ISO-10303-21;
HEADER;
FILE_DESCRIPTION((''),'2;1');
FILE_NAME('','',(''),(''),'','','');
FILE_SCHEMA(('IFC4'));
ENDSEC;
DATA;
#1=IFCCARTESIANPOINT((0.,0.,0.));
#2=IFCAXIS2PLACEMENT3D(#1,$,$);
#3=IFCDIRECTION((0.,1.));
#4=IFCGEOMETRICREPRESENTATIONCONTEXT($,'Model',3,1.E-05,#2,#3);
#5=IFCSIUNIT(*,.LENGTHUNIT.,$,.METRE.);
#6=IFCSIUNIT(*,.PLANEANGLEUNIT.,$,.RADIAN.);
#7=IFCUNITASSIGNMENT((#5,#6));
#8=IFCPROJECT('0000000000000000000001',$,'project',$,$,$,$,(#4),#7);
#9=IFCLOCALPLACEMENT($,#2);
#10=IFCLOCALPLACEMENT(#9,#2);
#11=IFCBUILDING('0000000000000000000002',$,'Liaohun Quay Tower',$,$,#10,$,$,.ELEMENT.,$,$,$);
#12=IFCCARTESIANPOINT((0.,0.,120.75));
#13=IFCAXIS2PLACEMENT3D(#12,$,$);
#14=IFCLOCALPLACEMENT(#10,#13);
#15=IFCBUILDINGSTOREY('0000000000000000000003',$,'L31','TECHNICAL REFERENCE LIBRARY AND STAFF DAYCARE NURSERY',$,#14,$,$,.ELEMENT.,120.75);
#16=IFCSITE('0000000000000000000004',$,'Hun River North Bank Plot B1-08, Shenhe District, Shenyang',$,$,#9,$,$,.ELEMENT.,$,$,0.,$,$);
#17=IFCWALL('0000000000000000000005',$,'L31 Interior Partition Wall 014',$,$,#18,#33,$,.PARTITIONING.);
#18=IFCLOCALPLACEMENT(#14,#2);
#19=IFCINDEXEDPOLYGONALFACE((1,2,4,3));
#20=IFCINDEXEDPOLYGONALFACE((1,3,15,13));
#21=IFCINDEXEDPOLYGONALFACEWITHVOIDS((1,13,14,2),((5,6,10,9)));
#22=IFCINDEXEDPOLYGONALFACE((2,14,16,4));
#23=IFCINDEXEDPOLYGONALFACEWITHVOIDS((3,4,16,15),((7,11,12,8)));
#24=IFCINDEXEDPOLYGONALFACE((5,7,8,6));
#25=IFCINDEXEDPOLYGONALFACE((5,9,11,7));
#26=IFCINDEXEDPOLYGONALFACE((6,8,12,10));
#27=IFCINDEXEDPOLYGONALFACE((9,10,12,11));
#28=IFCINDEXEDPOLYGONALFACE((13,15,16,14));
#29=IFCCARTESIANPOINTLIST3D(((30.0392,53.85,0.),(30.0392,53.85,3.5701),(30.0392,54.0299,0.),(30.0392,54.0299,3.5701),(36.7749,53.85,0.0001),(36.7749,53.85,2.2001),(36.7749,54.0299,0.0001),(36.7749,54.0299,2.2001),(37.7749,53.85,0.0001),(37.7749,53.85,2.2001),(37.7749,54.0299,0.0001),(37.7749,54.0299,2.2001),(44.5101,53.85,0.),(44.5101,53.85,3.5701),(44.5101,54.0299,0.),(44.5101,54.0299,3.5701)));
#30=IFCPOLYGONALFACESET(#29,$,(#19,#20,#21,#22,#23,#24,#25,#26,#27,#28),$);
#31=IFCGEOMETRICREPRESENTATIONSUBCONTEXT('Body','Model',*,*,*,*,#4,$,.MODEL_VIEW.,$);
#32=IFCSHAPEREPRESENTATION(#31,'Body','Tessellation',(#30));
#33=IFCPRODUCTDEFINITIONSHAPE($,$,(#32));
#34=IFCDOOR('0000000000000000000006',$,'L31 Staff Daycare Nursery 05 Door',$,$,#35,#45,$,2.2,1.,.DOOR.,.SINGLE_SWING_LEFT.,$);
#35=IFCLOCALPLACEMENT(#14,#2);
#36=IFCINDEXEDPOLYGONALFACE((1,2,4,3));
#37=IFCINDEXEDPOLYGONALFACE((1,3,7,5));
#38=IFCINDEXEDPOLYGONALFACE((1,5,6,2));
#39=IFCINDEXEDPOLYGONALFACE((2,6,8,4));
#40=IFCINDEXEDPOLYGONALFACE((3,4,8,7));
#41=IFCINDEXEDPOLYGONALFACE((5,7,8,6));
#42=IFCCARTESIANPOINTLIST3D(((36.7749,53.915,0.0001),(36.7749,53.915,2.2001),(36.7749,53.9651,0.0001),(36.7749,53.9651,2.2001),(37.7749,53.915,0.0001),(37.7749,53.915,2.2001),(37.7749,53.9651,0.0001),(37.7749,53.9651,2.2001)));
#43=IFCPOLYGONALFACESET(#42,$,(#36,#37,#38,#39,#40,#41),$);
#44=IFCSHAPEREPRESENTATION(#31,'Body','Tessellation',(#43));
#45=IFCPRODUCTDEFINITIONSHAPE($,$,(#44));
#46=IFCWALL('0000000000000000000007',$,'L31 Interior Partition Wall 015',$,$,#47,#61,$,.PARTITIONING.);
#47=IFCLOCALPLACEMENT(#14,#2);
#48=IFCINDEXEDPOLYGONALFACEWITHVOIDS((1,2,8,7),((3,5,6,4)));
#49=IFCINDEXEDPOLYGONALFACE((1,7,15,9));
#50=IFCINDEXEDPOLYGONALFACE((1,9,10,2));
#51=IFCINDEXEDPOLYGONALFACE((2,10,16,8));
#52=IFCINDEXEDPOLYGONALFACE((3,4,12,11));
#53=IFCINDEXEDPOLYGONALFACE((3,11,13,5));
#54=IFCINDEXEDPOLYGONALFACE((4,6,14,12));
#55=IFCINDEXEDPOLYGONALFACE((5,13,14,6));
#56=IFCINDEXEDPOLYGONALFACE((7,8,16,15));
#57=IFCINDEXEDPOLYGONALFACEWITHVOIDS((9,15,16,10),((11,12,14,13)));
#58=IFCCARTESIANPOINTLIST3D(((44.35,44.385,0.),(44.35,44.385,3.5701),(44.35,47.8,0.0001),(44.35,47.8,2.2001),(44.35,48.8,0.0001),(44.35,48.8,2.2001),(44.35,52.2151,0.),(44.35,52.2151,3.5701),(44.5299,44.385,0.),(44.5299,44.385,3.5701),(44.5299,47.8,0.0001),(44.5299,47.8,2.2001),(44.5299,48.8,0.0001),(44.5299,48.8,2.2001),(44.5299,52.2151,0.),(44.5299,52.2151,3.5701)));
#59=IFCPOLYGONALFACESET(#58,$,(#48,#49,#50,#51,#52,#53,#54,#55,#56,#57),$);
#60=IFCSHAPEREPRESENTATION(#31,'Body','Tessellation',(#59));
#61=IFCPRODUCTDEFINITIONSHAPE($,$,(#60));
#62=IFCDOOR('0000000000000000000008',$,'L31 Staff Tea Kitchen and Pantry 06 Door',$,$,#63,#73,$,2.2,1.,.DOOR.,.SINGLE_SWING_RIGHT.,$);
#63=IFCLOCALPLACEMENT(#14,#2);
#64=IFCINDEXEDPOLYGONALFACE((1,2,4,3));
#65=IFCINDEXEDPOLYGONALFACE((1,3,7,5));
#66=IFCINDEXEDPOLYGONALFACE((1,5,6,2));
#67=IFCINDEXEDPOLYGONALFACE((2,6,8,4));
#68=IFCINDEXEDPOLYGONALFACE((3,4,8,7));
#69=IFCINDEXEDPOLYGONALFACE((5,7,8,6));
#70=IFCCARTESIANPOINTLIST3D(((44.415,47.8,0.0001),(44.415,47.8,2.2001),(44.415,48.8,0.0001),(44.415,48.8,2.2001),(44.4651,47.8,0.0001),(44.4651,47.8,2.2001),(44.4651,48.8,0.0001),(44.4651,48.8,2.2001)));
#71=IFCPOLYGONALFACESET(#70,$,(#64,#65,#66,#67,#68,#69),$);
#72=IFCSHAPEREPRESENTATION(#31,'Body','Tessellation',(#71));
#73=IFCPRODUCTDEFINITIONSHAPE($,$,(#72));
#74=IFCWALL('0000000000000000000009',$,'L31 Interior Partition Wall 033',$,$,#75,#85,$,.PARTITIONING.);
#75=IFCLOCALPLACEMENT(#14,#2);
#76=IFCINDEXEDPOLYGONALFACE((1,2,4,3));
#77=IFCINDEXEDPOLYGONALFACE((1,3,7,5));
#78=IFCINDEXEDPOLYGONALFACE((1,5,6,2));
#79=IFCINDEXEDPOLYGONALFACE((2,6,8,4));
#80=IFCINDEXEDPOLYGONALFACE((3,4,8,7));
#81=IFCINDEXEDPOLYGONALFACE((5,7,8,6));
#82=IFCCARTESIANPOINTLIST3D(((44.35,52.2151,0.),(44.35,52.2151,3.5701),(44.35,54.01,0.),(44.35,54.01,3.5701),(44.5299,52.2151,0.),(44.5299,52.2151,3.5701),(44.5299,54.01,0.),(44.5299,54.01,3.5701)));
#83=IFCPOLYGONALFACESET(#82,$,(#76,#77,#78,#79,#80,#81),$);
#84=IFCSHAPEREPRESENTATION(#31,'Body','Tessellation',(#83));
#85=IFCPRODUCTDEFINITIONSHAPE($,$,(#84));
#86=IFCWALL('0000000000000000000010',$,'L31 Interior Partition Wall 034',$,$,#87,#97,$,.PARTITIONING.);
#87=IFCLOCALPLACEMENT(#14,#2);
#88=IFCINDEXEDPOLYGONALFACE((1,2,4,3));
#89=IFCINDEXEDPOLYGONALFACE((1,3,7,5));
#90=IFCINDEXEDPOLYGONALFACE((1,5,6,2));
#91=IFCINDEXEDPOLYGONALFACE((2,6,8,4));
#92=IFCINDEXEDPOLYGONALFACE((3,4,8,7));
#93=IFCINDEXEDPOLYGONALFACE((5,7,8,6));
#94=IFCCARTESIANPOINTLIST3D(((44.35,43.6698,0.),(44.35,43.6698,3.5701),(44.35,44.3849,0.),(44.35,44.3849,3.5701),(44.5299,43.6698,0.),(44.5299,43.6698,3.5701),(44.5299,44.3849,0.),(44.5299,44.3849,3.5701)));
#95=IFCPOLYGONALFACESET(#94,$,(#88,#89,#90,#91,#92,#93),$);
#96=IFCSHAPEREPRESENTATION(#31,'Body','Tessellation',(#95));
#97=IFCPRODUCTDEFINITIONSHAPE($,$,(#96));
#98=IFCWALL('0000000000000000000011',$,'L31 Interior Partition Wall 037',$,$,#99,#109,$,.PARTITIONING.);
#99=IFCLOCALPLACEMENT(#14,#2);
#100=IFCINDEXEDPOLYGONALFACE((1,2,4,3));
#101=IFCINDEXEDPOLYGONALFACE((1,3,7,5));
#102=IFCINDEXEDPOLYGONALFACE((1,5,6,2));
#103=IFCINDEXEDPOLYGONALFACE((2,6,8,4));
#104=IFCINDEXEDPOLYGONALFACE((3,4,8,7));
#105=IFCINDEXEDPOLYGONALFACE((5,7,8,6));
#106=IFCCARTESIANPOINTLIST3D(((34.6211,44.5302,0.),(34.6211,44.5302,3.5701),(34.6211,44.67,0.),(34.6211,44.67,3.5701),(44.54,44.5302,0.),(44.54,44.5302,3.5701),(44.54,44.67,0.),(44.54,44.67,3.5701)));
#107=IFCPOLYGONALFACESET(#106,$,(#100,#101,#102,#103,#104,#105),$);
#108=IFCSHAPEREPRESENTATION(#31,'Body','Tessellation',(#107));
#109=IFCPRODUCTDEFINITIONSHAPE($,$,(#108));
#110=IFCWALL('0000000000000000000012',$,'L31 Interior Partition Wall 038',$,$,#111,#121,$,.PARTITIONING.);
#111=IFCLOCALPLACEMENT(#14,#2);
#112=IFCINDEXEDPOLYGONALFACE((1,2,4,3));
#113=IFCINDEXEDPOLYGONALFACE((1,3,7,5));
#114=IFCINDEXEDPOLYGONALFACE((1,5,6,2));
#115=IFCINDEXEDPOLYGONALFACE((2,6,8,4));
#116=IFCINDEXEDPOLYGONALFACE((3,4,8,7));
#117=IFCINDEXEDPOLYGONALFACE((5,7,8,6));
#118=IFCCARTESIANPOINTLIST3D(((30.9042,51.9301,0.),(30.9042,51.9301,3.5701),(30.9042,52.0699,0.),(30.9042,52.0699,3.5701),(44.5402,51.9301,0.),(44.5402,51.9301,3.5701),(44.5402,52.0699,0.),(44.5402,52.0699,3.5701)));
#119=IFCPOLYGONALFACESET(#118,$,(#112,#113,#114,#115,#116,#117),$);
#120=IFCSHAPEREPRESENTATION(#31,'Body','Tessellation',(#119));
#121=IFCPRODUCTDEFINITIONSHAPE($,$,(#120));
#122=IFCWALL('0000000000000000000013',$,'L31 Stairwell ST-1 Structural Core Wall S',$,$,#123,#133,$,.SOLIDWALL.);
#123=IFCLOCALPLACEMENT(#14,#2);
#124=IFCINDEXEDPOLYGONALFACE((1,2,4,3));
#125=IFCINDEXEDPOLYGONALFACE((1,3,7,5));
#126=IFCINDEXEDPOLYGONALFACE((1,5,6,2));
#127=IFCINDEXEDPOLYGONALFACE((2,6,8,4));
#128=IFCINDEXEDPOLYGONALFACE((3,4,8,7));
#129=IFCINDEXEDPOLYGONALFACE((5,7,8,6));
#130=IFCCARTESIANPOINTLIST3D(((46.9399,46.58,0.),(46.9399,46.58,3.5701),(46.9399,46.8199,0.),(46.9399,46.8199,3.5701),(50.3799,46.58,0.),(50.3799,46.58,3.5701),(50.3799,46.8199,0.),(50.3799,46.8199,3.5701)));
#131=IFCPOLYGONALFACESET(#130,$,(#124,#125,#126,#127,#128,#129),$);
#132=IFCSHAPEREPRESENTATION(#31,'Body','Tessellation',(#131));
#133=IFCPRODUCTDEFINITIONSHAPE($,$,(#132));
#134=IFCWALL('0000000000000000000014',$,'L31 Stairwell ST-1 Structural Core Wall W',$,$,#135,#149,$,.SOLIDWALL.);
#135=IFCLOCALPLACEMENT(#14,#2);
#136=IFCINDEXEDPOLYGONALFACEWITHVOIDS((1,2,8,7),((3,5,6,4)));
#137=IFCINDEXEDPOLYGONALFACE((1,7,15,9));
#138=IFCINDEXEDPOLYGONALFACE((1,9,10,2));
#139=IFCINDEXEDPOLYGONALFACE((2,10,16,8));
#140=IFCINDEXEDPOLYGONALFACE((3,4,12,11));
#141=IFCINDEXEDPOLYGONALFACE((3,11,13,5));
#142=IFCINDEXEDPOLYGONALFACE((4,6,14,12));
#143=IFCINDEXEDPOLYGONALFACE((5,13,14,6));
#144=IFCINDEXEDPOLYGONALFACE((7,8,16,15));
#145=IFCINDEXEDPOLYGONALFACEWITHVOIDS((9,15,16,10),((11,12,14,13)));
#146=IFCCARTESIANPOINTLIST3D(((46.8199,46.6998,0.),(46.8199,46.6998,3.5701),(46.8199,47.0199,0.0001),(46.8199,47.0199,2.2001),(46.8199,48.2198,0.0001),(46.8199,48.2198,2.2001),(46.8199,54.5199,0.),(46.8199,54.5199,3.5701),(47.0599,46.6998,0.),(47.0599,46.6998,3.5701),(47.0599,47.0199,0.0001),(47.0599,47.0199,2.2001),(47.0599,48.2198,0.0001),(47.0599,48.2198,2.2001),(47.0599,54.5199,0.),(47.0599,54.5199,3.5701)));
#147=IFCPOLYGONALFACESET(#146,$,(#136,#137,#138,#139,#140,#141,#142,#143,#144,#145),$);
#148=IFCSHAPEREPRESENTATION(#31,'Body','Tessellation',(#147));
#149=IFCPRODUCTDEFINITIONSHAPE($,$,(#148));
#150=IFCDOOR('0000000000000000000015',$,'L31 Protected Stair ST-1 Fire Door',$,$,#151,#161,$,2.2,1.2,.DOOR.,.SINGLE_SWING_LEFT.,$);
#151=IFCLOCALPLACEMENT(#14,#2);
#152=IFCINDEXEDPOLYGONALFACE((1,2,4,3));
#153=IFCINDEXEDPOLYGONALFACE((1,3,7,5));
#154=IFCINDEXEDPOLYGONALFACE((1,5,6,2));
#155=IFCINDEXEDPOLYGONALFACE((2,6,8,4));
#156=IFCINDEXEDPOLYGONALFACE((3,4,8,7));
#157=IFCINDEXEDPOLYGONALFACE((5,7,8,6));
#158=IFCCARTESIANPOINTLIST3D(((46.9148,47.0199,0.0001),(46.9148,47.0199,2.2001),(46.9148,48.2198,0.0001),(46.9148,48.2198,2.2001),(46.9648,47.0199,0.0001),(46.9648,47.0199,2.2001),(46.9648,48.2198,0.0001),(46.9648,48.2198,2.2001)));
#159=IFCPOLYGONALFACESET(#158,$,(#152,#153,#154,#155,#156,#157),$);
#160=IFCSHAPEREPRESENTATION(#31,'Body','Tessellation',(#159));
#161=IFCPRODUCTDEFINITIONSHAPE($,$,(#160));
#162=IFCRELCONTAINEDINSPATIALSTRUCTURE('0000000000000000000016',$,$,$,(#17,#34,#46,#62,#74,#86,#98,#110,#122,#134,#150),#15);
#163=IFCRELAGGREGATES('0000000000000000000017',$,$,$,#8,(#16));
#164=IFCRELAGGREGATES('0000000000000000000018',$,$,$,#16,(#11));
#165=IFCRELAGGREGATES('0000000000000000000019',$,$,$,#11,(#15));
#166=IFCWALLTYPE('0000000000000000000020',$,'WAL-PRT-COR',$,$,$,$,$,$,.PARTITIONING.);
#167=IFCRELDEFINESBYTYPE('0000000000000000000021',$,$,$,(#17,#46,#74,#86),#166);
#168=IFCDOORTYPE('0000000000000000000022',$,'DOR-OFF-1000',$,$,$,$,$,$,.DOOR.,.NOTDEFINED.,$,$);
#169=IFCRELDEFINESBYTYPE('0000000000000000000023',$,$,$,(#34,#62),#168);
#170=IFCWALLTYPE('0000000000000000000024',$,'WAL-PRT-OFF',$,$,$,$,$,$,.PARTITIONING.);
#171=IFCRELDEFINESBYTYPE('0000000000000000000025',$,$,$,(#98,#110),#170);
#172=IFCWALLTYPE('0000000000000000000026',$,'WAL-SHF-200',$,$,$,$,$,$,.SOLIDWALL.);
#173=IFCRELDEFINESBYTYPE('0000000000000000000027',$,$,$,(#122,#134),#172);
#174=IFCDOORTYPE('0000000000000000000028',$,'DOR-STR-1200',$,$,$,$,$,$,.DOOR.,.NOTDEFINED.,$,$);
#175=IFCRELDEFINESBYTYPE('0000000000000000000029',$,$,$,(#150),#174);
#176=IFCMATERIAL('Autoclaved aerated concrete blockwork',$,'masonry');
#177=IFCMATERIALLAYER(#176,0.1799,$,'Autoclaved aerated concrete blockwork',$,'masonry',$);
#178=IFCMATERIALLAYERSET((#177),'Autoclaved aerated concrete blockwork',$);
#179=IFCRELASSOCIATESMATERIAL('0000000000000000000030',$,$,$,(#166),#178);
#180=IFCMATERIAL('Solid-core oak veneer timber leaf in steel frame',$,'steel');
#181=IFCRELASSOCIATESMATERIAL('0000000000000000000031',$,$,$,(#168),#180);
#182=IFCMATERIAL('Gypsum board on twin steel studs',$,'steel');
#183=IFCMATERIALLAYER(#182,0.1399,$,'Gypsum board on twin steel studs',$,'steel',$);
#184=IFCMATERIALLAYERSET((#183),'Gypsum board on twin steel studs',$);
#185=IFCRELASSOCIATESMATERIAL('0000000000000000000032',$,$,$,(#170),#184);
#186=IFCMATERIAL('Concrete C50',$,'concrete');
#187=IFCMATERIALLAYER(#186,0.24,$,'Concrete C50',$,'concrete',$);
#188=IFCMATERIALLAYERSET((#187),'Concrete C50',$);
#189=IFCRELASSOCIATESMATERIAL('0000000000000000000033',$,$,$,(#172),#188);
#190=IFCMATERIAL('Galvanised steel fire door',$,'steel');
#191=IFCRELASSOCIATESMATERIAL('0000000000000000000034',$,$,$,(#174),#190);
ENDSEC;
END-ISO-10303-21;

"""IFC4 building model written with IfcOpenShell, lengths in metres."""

from ifc_helpers import new_model, si_unit, direction, frame, frame_2d, origin, place, context, subcontext, project, spatial, rectangle, extrude, source, transform, mapped, material, layer, layer_set, type_object, element, fill, save


model = new_model("IFC4")

# Units and contexts
model_context = context("Model", 3, precision=1e-05, world=origin(), true_north=direction((0.0, 1.0)))
body_context = subcontext(model_context, "Body", "Model", "MODEL_VIEW")
ifc_project = project(units=[si_unit("LENGTHUNIT", "METRE"), si_unit("PLANEANGLEUNIT", "RADIAN")], contexts=[model_context])

# Site, building, storey
site_placement = place(None, origin())
site = spatial("IfcSite", under=ifc_project, at=site_placement, Name="Hun River North Bank Plot B1-08, Shenhe District, Shenyang", CompositionType="ELEMENT", RefElevation=0.0)
building_placement = place(site_placement, origin())
building = spatial("IfcBuilding", under=site, at=building_placement, Name="Liaohun Quay Tower", CompositionType="ELEMENT")
storey_placement = place(building_placement, frame((0.0, 0.0, 120.75)))
storey = spatial("IfcBuildingStorey", under=building, at=storey_placement, Name="L31", Description="TECHNICAL REFERENCE LIBRARY AND STAFF DAYCARE NURSERY", CompositionType="ELEMENT", Elevation=120.75)

# Walls, openings, doors
ifc_material_1 = material(Name="Autoclaved aerated concrete blockwork", Category="masonry")
ifc_layer_1 = layer(ifc_material_1, 0.1799, Name="Autoclaved aerated concrete blockwork", Category="masonry")
ifc_layer_set_1 = layer_set([ifc_layer_1], Name="Autoclaved aerated concrete blockwork")
wall_type_1 = type_object("IfcWallType", Name="WAL-PRT-COR", PredefinedType="PARTITIONING", material=ifc_layer_set_1)
wall_1_placement = place(storey_placement, frame((44.51, 53.9399, 0.0), z_axis=(0.0, 0.0, 1.0), x_axis=(-1.0, 0.0, 0.0)))
wall_1 = element("IfcWall", 1, at=wall_1_placement, inside=storey, type_object=wall_type_1, Name="L31 Interior Partition Wall 014", PredefinedType="PARTITIONING", context=body_context, shape_type="SweptSolid", body=[
    extrude(rectangle(XDim=14.4709, YDim=0.1799, at=frame_2d((7.2354, 0.0))), origin(), (0.0, 0.0, 1.0), 3.5701),
])
shared_shape_1 = source(origin(), body_context, "Body", "SweptSolid", [
    extrude(rectangle(XDim=1.0, YDim=2.2, at=frame_2d((0.5, 1.1001))), frame((0.0, 0.0999, 0.0), z_axis=(0.0, -1.0, 0.0), x_axis=(1.0, 0.0, 0.0)), (0.0, 0.0, 1.0), 0.2),
])
opening_1_placement = place(wall_1_placement, frame((6.7351, 0.0, 0.0)))
opening_1 = element("IfcOpeningElement", 2, at=opening_1_placement, cuts=wall_1, PredefinedType="OPENING", context=body_context, shape_type="MappedRepresentation", body=[
    mapped(shared_shape_1, transform((0.0, 0.0, 0.0), x_axis=(1.0, 0.0, 0.0), y_axis=(0.0, 1.0, 0.0), z_axis=(0.0, 0.0, 1.0), scale=1.0)),
])
ifc_material_2 = material(Name="Solid-core oak veneer timber leaf in steel frame", Category="steel")
door_type_1 = type_object("IfcDoorType", Name="DOR-OFF-1000", OperationType="NOTDEFINED", PredefinedType="DOOR", material=ifc_material_2)
shared_shape_2 = source(origin(), body_context, "Body", "SweptSolid", [
    extrude(rectangle(XDim=1.0, YDim=2.2, at=frame_2d((0.5, 1.1001))), frame((0.0, 0.0249, 0.0), z_axis=(0.0, -1.0, 0.0), x_axis=(1.0, 0.0, 0.0)), (0.0, 0.0, 1.0), 0.05),
])
door_1_placement = place(opening_1_placement, origin())
door_1 = element("IfcDoor", 3, at=door_1_placement, inside=storey, type_object=door_type_1, Name="L31 Staff Daycare Nursery 05 Door", OperationType="SINGLE_SWING_LEFT", OverallHeight=2.2, OverallWidth=1.0, PredefinedType="DOOR", context=body_context, shape_type="MappedRepresentation", body=[
    mapped(shared_shape_2, transform((0.0, 0.0, 0.0), x_axis=(1.0, 0.0, 0.0), y_axis=(0.0, 1.0, 0.0), z_axis=(0.0, 0.0, 1.0), scale=1.0)),
])
fill(opening_1, door_1)
wall_2_placement = place(storey_placement, frame((44.4399, 44.385, 0.0), z_axis=(0.0, 0.0, 1.0), x_axis=(0.0, 1.0, 0.0)))
wall_2 = element("IfcWall", 4, at=wall_2_placement, inside=storey, type_object=wall_type_1, Name="L31 Interior Partition Wall 015", PredefinedType="PARTITIONING", context=body_context, shape_type="SweptSolid", body=[
    extrude(rectangle(XDim=7.8301, YDim=0.1799, at=frame_2d((3.915, 0.0))), origin(), (0.0, 0.0, 1.0), 3.5701),
])
opening_2_placement = place(wall_2_placement, frame((3.415, 0.0, 0.0)))
opening_2 = element("IfcOpeningElement", 5, at=opening_2_placement, cuts=wall_2, PredefinedType="OPENING", context=body_context, shape_type="MappedRepresentation", body=[
    mapped(shared_shape_1, transform((0.0, 0.0, 0.0), x_axis=(1.0, 0.0, 0.0), y_axis=(0.0, 1.0, 0.0), z_axis=(0.0, 0.0, 1.0), scale=1.0)),
])
door_2_placement = place(opening_2_placement, origin())
door_2 = element("IfcDoor", 6, at=door_2_placement, inside=storey, type_object=door_type_1, Name="L31 Staff Tea Kitchen and Pantry 06 Door", OperationType="SINGLE_SWING_RIGHT", OverallHeight=2.2, OverallWidth=1.0, PredefinedType="DOOR", context=body_context, shape_type="MappedRepresentation", body=[
    mapped(shared_shape_2, transform((0.0, 0.0, 0.0), x_axis=(1.0, 0.0, 0.0), y_axis=(0.0, 1.0, 0.0), z_axis=(0.0, 0.0, 1.0), scale=1.0)),
])
fill(opening_2, door_2)

# Walls
wall_3_placement = place(storey_placement, frame((44.4399, 52.2151, 0.0), z_axis=(0.0, 0.0, 1.0), x_axis=(0.0, 1.0, 0.0)))
element("IfcWall", 7, at=wall_3_placement, inside=storey, type_object=wall_type_1, Name="L31 Interior Partition Wall 033", PredefinedType="PARTITIONING", context=body_context, shape_type="SweptSolid", body=[
    extrude(rectangle(XDim=1.7949, YDim=0.1799, at=frame_2d((0.8975, 0.0))), origin(), (0.0, 0.0, 1.0), 3.5701),
])
wall_4_placement = place(storey_placement, frame((44.4399, 43.6699, 0.0), z_axis=(0.0, 0.0, 1.0), x_axis=(0.0, 1.0, 0.0)))
element("IfcWall", 8, at=wall_4_placement, inside=storey, type_object=wall_type_1, Name="L31 Interior Partition Wall 034", PredefinedType="PARTITIONING", context=body_context, shape_type="SweptSolid", body=[
    extrude(rectangle(XDim=0.7151, YDim=0.1799, at=frame_2d((0.3574, 0.0))), origin(), (0.0, 0.0, 1.0), 3.5701),
])
ifc_material_3 = material(Name="Gypsum board on twin steel studs", Category="steel")
ifc_layer_2 = layer(ifc_material_3, 0.1399, Name="Gypsum board on twin steel studs", Category="steel")
ifc_layer_set_2 = layer_set([ifc_layer_2], Name="Gypsum board on twin steel studs")
wall_type_2 = type_object("IfcWallType", Name="WAL-PRT-OFF", PredefinedType="PARTITIONING", material=ifc_layer_set_2)
wall_5_placement = place(storey_placement, frame((44.54, 44.6001, 0.0), z_axis=(0.0, 0.0, 1.0), x_axis=(-1.0, 0.0, 0.0)))
element("IfcWall", 9, at=wall_5_placement, inside=storey, type_object=wall_type_2, Name="L31 Interior Partition Wall 037", PredefinedType="PARTITIONING", context=body_context, shape_type="SweptSolid", body=[
    extrude(rectangle(XDim=9.9189, YDim=0.1399, at=frame_2d((4.9595, 0.0))), origin(), (0.0, 0.0, 1.0), 3.5701),
])
wall_6_placement = place(storey_placement, frame((44.54, 52.0, 0.0), z_axis=(0.0, 0.0, 1.0), x_axis=(-1.0, 0.0, 0.0)))
element("IfcWall", 10, at=wall_6_placement, inside=storey, type_object=wall_type_2, Name="L31 Interior Partition Wall 038", PredefinedType="PARTITIONING", context=body_context, shape_type="SweptSolid", body=[
    extrude(rectangle(XDim=13.636, YDim=0.1399, at=frame_2d((6.8179, 0.0))), origin(), (0.0, 0.0, 1.0), 3.5701),
])
ifc_material_4 = material(Name="Concrete C50", Category="concrete")
ifc_layer_3 = layer(ifc_material_4, 0.24, Name="Concrete C50", Category="concrete")
ifc_layer_set_3 = layer_set([ifc_layer_3], Name="Concrete C50")
wall_type_3 = type_object("IfcWallType", Name="WAL-SHF-200", PredefinedType="SOLIDWALL", material=ifc_layer_set_3)
wall_7_placement = place(storey_placement, frame((46.9399, 46.7, 0.0), z_axis=(0.0, 0.0, 1.0), x_axis=(1.0, 0.0, 0.0)))
element("IfcWall", 11, at=wall_7_placement, inside=storey, type_object=wall_type_3, Name="L31 Stairwell ST-1 Structural Core Wall S", PredefinedType="SOLIDWALL", context=body_context, shape_type="SweptSolid", body=[
    extrude(rectangle(XDim=3.4399, YDim=0.24, at=frame_2d((1.72, 0.0))), origin(), (0.0, 0.0, 1.0), 3.5701),
])

# Wall, opening, door
wall_8_placement = place(storey_placement, frame((46.9399, 54.52, 0.0), z_axis=(0.0, 0.0, 1.0), x_axis=(0.0, -1.0, 0.0)))
wall_8 = element("IfcWall", 12, at=wall_8_placement, inside=storey, type_object=wall_type_3, Name="L31 Stairwell ST-1 Structural Core Wall W", PredefinedType="SOLIDWALL", context=body_context, shape_type="SweptSolid", body=[
    extrude(rectangle(XDim=7.8201, YDim=0.24, at=frame_2d((3.9102, 0.0))), origin(), (0.0, 0.0, 1.0), 3.5701),
])
shared_shape_3 = source(origin(), body_context, "Body", "SweptSolid", [
    extrude(rectangle(XDim=1.2, YDim=2.2, at=frame_2d((0.6001, 1.1001))), frame((0.0, 0.1299, 0.0), z_axis=(0.0, -1.0, 0.0), x_axis=(1.0, 0.0, 0.0)), (0.0, 0.0, 1.0), 0.26),
])
opening_3_placement = place(wall_8_placement, frame((6.3, 0.0, 0.0)))
opening_3 = element("IfcOpeningElement", 13, at=opening_3_placement, cuts=wall_8, PredefinedType="OPENING", context=body_context, shape_type="MappedRepresentation", body=[
    mapped(shared_shape_3, transform((0.0, 0.0, 0.0), x_axis=(1.0, 0.0, 0.0), y_axis=(0.0, 1.0, 0.0), z_axis=(0.0, 0.0, 1.0), scale=1.0)),
])
ifc_material_5 = material(Name="Galvanised steel fire door", Category="steel")
door_type_2 = type_object("IfcDoorType", Name="DOR-STR-1200", OperationType="NOTDEFINED", PredefinedType="DOOR", material=ifc_material_5)
shared_shape_4 = source(origin(), body_context, "Body", "SweptSolid", [
    extrude(rectangle(XDim=1.2, YDim=2.2, at=frame_2d((0.6001, 1.1001))), frame((0.0, 0.0249, 0.0), z_axis=(0.0, -1.0, 0.0), x_axis=(1.0, 0.0, 0.0)), (0.0, 0.0, 1.0), 0.05),
])
door_3_placement = place(opening_3_placement, origin())
door_3 = element("IfcDoor", 14, at=door_3_placement, inside=storey, type_object=door_type_2, Name="L31 Protected Stair ST-1 Fire Door", OperationType="SINGLE_SWING_LEFT", OverallHeight=2.2, OverallWidth=1.2, PredefinedType="DOOR", context=body_context, shape_type="MappedRepresentation", body=[
    mapped(shared_shape_4, transform((0.0, 0.0, 0.0), x_axis=(1.0, 0.0, 0.0), y_axis=(0.0, 1.0, 0.0), z_axis=(0.0, 0.0, 1.0), scale=1.0)),
])
fill(opening_3, door_3)

save(model, "model.ifc")
